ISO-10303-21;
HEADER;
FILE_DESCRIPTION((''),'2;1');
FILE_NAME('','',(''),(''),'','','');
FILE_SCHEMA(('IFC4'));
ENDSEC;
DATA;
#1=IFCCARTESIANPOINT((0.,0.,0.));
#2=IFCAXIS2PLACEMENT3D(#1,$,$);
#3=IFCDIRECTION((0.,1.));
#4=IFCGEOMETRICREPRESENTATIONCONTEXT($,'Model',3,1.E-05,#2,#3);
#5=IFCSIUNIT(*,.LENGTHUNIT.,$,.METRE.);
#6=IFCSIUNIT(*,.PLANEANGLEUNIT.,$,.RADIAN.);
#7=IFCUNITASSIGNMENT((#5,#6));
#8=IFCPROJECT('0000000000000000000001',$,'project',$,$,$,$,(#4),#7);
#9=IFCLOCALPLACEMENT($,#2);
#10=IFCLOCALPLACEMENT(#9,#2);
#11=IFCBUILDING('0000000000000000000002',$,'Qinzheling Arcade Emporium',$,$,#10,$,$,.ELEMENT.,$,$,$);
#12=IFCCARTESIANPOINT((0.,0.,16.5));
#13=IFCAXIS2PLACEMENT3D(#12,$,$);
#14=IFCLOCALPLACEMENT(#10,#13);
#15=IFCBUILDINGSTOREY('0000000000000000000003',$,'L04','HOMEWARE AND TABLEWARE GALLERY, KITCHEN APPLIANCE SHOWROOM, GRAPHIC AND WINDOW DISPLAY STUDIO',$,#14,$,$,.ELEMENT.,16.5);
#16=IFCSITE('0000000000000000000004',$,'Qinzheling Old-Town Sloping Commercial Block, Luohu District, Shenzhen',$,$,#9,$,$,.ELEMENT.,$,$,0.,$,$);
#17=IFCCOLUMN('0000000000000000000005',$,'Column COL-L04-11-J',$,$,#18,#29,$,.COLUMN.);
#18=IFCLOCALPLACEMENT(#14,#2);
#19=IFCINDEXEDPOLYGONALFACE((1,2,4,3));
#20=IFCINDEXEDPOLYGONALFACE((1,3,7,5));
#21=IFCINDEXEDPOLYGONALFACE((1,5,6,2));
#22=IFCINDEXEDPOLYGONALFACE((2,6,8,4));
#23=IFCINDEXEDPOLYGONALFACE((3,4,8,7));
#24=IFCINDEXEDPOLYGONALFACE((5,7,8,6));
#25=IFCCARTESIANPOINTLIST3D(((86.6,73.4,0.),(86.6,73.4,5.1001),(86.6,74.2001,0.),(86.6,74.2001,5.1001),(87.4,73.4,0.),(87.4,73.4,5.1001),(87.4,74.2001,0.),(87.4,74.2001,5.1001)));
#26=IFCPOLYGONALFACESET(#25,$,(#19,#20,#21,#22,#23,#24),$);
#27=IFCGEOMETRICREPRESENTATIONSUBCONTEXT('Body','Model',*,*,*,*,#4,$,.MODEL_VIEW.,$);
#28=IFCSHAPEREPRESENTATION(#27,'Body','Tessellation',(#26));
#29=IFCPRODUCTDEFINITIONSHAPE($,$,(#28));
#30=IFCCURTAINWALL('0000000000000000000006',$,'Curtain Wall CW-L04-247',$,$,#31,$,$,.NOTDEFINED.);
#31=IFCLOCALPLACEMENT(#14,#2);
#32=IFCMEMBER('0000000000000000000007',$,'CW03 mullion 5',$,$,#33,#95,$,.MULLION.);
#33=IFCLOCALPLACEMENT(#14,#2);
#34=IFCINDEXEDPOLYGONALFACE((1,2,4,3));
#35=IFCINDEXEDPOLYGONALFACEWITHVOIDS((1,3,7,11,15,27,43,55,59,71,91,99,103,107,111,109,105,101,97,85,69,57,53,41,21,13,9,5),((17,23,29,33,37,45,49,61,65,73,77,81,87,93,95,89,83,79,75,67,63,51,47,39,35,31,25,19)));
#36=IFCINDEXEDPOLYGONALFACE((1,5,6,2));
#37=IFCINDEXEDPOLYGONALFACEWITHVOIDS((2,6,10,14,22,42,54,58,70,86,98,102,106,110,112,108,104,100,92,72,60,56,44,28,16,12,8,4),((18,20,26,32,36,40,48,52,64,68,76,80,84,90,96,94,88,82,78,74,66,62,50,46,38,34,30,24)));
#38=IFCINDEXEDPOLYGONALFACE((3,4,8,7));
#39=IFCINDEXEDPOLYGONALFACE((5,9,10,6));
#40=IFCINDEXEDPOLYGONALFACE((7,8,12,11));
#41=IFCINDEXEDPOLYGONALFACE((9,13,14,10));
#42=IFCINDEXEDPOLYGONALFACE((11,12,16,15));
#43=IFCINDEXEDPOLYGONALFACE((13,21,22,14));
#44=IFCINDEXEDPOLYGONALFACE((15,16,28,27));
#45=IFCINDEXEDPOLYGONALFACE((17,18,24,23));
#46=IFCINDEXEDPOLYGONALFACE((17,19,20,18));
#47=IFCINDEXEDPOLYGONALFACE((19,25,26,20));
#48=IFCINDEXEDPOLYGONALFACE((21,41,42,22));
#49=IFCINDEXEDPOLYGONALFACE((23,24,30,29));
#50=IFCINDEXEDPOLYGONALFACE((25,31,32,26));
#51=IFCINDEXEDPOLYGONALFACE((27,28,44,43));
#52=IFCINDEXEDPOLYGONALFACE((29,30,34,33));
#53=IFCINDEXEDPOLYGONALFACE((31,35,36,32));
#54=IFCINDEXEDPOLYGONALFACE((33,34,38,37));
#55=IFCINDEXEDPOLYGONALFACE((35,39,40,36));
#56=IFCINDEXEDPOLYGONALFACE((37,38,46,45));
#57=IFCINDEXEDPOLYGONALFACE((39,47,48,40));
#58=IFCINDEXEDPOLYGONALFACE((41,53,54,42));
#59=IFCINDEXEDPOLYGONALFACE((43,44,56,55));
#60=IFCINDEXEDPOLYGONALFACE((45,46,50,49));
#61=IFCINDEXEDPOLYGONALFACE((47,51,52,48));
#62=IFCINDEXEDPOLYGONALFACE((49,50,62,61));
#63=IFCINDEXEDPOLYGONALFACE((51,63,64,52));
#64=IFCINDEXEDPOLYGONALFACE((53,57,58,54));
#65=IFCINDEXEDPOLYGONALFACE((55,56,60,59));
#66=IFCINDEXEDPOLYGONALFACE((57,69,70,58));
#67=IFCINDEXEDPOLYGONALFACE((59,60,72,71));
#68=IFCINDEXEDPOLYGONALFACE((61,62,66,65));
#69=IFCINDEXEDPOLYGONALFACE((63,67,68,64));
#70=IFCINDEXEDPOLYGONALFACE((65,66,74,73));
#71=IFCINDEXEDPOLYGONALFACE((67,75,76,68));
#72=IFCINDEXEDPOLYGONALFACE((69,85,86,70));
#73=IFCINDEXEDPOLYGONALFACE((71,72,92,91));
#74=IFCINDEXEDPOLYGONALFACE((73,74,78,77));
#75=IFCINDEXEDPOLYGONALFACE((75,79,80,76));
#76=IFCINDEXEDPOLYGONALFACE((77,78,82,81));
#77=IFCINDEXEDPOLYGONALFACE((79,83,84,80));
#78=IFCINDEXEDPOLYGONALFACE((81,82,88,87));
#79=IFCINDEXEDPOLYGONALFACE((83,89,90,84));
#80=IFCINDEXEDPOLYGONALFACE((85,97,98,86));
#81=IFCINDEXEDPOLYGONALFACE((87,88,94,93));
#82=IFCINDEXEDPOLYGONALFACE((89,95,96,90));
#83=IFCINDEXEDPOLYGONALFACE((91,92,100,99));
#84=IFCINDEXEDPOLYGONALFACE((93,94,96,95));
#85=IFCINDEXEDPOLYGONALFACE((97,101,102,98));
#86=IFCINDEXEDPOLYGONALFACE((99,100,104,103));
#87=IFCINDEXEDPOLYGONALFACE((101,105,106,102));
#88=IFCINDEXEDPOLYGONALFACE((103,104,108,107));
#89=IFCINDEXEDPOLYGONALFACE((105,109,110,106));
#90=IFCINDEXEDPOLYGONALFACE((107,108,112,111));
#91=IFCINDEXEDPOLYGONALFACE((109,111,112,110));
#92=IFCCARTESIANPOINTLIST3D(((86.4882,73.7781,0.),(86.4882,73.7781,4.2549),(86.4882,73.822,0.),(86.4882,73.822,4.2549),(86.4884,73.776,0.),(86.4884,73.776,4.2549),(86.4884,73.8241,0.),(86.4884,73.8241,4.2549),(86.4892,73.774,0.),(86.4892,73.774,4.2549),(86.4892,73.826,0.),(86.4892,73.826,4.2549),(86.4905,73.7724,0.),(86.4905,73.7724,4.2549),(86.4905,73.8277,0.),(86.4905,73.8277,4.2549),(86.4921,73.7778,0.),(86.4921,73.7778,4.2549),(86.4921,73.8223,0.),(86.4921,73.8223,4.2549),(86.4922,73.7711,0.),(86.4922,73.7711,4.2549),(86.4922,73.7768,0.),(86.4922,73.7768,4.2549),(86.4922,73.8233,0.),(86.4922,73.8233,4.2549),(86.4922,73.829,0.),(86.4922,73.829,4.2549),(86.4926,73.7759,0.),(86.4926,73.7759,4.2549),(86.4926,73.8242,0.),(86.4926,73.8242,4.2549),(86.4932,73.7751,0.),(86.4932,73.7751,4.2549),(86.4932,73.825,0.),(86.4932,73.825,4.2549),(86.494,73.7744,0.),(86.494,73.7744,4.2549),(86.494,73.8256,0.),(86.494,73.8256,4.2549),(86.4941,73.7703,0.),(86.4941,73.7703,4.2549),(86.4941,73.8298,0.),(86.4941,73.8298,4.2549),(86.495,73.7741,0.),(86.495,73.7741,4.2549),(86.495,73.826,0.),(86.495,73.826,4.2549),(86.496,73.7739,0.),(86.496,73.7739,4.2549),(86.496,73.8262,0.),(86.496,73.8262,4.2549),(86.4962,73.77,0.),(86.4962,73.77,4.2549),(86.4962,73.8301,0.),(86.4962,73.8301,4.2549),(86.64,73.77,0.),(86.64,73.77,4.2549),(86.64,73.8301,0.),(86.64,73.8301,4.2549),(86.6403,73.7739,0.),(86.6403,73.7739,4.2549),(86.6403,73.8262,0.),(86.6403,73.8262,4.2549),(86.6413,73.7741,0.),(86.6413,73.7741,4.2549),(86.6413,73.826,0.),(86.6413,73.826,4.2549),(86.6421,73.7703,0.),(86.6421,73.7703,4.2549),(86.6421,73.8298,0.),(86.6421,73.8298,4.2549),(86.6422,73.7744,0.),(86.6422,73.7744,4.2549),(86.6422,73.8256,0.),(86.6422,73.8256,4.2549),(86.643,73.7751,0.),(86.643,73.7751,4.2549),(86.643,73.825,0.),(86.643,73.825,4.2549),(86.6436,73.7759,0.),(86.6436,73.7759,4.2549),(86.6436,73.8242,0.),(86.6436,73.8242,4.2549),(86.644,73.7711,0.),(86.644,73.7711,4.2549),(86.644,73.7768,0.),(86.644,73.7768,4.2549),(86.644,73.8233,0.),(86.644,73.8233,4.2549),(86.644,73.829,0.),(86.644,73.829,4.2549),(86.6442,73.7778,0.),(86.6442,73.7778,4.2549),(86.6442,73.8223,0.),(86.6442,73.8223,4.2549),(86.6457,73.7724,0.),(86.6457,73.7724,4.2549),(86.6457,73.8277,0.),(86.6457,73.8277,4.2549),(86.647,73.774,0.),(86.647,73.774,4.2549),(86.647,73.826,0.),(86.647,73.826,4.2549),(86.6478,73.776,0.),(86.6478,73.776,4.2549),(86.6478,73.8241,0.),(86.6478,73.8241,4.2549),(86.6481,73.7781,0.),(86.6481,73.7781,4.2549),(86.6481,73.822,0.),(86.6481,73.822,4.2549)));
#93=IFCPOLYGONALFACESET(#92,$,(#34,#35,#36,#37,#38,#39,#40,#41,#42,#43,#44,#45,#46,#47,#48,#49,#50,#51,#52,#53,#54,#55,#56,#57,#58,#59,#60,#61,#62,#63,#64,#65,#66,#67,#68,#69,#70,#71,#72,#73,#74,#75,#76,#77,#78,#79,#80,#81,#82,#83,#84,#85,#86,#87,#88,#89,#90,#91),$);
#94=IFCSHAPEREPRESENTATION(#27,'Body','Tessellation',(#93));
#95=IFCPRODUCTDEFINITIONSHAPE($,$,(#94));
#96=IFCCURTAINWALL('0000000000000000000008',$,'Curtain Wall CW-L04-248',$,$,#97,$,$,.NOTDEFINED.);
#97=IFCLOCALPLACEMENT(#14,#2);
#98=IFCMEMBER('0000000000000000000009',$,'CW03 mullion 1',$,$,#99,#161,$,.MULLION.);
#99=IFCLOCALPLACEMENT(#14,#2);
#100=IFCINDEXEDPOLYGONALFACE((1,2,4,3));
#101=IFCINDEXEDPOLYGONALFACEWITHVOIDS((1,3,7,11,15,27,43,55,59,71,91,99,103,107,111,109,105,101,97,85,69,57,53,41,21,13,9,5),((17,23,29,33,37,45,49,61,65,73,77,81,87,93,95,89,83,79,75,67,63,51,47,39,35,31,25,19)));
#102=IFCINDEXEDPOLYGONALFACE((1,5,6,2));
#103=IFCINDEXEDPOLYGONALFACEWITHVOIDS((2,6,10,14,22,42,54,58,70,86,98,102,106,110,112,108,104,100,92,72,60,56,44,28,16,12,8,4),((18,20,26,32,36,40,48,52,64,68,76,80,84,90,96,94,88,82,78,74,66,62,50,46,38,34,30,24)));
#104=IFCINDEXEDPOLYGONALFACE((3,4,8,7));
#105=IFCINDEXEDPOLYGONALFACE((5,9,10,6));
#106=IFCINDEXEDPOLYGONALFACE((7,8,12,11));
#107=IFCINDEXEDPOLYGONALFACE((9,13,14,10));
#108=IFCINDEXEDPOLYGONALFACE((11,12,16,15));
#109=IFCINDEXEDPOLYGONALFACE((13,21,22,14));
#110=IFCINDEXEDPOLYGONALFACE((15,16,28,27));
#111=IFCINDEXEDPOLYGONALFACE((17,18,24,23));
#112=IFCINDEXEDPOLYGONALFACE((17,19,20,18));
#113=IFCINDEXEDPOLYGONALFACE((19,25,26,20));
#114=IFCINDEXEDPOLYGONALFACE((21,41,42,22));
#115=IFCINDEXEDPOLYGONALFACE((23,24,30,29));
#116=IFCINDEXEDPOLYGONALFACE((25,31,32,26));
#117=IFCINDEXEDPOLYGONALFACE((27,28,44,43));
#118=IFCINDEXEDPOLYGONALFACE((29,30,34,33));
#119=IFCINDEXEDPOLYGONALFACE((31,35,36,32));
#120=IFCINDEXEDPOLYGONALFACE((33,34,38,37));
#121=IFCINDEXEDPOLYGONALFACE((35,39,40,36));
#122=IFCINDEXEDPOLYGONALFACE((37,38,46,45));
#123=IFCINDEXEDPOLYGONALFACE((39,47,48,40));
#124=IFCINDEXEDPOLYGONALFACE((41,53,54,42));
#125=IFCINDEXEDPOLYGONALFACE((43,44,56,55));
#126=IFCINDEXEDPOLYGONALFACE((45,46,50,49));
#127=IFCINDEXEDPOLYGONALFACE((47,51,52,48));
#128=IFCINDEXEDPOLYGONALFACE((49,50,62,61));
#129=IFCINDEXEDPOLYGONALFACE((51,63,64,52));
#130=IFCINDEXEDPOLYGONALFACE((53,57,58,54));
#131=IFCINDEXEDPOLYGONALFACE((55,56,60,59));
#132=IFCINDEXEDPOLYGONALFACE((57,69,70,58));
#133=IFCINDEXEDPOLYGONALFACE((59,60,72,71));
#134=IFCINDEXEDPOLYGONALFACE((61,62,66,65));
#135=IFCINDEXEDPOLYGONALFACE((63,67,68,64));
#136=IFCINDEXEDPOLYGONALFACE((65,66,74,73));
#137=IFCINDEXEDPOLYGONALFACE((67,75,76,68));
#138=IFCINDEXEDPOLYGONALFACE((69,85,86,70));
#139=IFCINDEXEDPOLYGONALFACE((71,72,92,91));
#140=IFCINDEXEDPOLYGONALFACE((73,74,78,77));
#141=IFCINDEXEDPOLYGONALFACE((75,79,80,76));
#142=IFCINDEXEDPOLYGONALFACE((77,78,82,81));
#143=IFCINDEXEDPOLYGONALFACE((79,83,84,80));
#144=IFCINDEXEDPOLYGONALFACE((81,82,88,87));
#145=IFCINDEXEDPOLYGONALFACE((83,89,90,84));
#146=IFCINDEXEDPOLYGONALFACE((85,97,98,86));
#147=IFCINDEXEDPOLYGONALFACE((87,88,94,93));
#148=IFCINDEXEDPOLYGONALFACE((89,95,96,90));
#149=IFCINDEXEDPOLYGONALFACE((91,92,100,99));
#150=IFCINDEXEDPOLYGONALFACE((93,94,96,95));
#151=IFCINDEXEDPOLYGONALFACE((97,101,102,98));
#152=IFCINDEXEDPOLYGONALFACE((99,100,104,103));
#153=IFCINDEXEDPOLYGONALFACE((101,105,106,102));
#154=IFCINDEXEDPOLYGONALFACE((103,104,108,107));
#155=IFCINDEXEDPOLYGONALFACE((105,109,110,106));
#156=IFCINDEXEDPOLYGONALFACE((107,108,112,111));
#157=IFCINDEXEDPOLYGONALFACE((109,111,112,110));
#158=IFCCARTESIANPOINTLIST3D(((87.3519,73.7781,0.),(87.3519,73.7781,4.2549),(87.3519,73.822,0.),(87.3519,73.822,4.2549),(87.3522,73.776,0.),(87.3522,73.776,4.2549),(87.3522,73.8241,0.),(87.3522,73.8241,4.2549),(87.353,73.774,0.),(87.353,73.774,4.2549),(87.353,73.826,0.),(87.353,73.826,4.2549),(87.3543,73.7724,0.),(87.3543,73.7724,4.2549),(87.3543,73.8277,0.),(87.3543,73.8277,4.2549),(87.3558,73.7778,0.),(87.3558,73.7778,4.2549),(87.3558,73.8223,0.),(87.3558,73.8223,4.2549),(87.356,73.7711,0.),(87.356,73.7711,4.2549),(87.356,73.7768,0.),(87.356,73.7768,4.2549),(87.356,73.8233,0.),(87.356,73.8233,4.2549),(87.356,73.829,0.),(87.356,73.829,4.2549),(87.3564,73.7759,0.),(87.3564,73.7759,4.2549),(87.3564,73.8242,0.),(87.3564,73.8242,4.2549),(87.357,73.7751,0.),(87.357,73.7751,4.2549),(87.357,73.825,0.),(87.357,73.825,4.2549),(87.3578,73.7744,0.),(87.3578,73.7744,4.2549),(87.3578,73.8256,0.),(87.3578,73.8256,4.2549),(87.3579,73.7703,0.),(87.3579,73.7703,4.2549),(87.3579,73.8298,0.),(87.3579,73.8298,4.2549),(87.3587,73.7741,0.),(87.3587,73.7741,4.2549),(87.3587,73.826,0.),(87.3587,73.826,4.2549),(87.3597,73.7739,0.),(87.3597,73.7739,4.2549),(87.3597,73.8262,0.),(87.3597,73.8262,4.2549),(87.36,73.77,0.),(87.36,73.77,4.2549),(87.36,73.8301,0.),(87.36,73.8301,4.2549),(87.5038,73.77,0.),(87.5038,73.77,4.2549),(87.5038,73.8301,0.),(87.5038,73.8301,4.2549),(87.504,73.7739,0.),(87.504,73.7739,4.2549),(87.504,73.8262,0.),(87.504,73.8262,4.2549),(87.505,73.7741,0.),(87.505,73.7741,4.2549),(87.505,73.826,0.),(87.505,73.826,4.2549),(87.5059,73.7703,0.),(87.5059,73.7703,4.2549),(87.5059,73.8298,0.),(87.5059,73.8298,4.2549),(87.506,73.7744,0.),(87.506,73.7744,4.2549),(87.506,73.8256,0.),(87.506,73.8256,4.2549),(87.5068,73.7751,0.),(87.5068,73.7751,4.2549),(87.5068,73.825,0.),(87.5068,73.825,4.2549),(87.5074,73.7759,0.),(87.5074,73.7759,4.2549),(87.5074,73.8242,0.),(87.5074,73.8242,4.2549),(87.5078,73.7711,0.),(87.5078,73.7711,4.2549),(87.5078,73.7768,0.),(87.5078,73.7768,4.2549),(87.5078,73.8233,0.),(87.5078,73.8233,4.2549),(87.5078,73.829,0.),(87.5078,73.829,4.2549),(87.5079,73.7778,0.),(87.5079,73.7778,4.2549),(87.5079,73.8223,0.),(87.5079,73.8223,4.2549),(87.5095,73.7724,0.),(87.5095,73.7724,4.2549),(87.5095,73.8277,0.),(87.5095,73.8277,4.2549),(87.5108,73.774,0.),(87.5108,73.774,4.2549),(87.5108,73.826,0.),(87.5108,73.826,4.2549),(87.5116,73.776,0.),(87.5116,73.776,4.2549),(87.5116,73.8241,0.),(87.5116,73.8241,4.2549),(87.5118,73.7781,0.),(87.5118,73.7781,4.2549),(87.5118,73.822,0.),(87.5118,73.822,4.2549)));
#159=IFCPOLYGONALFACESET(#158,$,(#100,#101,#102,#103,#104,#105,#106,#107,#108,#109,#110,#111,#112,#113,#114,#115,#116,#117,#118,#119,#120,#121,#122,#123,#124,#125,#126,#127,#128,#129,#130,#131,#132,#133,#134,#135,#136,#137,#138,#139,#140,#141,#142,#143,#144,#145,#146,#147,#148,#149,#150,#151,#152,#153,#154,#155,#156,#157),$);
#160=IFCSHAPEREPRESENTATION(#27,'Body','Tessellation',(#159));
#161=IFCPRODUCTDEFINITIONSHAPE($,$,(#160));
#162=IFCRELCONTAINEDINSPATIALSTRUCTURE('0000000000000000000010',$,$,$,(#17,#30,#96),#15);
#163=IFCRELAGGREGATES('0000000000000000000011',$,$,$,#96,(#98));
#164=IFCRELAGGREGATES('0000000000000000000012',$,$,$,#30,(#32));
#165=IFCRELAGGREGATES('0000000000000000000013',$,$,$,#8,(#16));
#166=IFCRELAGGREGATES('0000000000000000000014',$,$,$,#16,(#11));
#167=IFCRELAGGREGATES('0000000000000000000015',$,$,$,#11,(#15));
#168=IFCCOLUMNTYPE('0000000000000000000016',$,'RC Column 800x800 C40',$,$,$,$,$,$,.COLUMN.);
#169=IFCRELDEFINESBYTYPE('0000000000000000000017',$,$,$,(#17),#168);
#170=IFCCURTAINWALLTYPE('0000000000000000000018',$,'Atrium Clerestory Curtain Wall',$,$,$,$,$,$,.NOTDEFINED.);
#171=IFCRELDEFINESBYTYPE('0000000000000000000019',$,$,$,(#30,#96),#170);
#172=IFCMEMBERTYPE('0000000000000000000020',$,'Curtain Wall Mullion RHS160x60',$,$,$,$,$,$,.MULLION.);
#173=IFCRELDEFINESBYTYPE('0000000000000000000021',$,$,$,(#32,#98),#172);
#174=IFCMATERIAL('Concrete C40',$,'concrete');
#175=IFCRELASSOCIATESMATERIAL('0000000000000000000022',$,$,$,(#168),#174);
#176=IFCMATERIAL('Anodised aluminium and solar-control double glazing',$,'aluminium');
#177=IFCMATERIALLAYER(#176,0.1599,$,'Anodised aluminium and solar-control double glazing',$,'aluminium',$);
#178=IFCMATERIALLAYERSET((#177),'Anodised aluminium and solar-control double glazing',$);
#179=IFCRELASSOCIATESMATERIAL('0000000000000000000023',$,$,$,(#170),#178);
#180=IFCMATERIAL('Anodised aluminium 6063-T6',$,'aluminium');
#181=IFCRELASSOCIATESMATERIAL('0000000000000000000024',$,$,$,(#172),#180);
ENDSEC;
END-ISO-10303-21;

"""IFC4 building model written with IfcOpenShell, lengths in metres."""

from ifc_helpers import new_model, si_unit, direction, frame, origin, origin_2d, place, context, subcontext, project, spatial, rectangle, hollow_rectangle, extrude, material, layer, layer_set, material_profile, profile_set, type_object, element, aggregate, save


model = new_model("IFC4")

# Units and contexts
model_context = context("Model", 3, precision=1e-05, world=origin(), true_north=direction((0.0, 1.0)))
body_context = subcontext(model_context, "Body", "Model", "MODEL_VIEW")
ifc_project = project(units=[si_unit("LENGTHUNIT", "METRE"), si_unit("PLANEANGLEUNIT", "RADIAN")], contexts=[model_context])

# Site, building, storey
site_placement = place(None, origin())
site = spatial("IfcSite", under=ifc_project, at=site_placement, Name="Qinzheling Old-Town Sloping Commercial Block, Luohu District, Shenzhen", CompositionType="ELEMENT", RefElevation=0.0)
building_placement = place(site_placement, origin())
building = spatial("IfcBuilding", under=site, at=building_placement, Name="Qinzheling Arcade Emporium", CompositionType="ELEMENT")
storey_placement = place(building_placement, frame((0.0, 0.0, 16.5)))
storey = spatial("IfcBuildingStorey", under=building, at=storey_placement, Name="L04", Description="HOMEWARE AND TABLEWARE GALLERY, KITCHEN APPLIANCE SHOWROOM, GRAPHIC AND WINDOW DISPLAY STUDIO", CompositionType="ELEMENT", Elevation=16.5)

# Column
ifc_material_1 = material(Name="Concrete C40", Category="concrete")
ifc_material_profile_1 = material_profile(ifc_material_1, rectangle(XDim=0.8, YDim=0.8, at=origin_2d()), Name="RC 800x800", Category="concrete")
ifc_profile_set_1 = profile_set([ifc_material_profile_1], Name="Concrete C40")
column_type = type_object("IfcColumnType", Name="RC Column 800x800 C40", PredefinedType="COLUMN", material=ifc_profile_set_1)
column_placement = place(storey_placement, frame((87.0, 73.8, 0.0), z_axis=(0.0, 0.0, 1.0), x_axis=(1.0, 0.0, 0.0)))
element("IfcColumn", 1, at=column_placement, inside=storey, type_object=column_type, Name="Column COL-L04-11-J", PredefinedType="COLUMN", context=body_context, shape_type="SweptSolid", body=[
    extrude(rectangle(XDim=0.8, YDim=0.8, at=origin_2d()), origin(), (0.0, 0.0, 1.0), 5.1001),
])

# Curtain walls, members
ifc_material_2 = material(Name="Anodised aluminium and solar-control double glazing", Category="aluminium")
ifc_layer_1 = layer(ifc_material_2, 0.1599, Name="Anodised aluminium and solar-control double glazing", Category="aluminium")
ifc_layer_set_1 = layer_set([ifc_layer_1], Name="Anodised aluminium and solar-control double glazing")
curtain_wall_type = type_object("IfcCurtainWallType", Name="Atrium Clerestory Curtain Wall", PredefinedType="NOTDEFINED", material=ifc_layer_set_1)
curtain_wall_1_placement = place(storey_placement, origin())
curtain_wall_1 = element("IfcCurtainWall", 2, at=curtain_wall_1_placement, inside=storey, type_object=curtain_wall_type, Name="Curtain Wall CW-L04-247", PredefinedType="NOTDEFINED")
ifc_material_3 = material(Name="Anodised aluminium 6063-T6", Category="aluminium")
ifc_material_profile_2 = material_profile(ifc_material_3, hollow_rectangle(XDim=0.0601, YDim=0.1599, WallThickness=0.0039, InnerFilletRadius=0.0039, OuterFilletRadius=0.0081, at=origin_2d()), Name="RHS 160x60x4", Category="aluminium")
ifc_profile_set_2 = profile_set([ifc_material_profile_2], Name="Anodised aluminium 6063-T6")
member_type_1 = type_object("IfcMemberType", Name="Curtain Wall Mullion RHS160x60", PredefinedType="MULLION", material=ifc_profile_set_2)
member_1_placement = place(storey_placement, frame((86.5681, 73.8, 0.0), z_axis=(0.0, 0.0, 1.0), x_axis=(0.0, 1.0, 0.0)))
member_1 = element("IfcMember", 3, at=member_1_placement, type_object=member_type_1, Name="CW03 mullion 5", PredefinedType="MULLION", context=body_context, shape_type="SweptSolid", body=[
    extrude(hollow_rectangle(XDim=0.0601, YDim=0.1599, WallThickness=0.0039, InnerFilletRadius=0.0039, OuterFilletRadius=0.0081, at=origin_2d()), origin(), (0.0, 0.0, 1.0), 4.2549),
])
curtain_wall_2_placement = place(storey_placement, origin())
curtain_wall_2 = element("IfcCurtainWall", 4, at=curtain_wall_2_placement, inside=storey, type_object=curtain_wall_type, Name="Curtain Wall CW-L04-248", PredefinedType="NOTDEFINED")
member_2_placement = place(storey_placement, frame((87.4319, 73.8, 0.0), z_axis=(0.0, 0.0, 1.0), x_axis=(0.0, 1.0, 0.0)))
member_2 = element("IfcMember", 5, at=member_2_placement, type_object=member_type_1, Name="CW03 mullion 1", PredefinedType="MULLION", context=body_context, shape_type="SweptSolid", body=[
    extrude(hollow_rectangle(XDim=0.0601, YDim=0.1599, WallThickness=0.0039, InnerFilletRadius=0.0039, OuterFilletRadius=0.0081, at=origin_2d()), origin(), (0.0, 0.0, 1.0), 4.2549),
])

aggregate(curtain_wall_2, [member_2])

aggregate(curtain_wall_1, [member_1])

save(model, "model.ifc")
